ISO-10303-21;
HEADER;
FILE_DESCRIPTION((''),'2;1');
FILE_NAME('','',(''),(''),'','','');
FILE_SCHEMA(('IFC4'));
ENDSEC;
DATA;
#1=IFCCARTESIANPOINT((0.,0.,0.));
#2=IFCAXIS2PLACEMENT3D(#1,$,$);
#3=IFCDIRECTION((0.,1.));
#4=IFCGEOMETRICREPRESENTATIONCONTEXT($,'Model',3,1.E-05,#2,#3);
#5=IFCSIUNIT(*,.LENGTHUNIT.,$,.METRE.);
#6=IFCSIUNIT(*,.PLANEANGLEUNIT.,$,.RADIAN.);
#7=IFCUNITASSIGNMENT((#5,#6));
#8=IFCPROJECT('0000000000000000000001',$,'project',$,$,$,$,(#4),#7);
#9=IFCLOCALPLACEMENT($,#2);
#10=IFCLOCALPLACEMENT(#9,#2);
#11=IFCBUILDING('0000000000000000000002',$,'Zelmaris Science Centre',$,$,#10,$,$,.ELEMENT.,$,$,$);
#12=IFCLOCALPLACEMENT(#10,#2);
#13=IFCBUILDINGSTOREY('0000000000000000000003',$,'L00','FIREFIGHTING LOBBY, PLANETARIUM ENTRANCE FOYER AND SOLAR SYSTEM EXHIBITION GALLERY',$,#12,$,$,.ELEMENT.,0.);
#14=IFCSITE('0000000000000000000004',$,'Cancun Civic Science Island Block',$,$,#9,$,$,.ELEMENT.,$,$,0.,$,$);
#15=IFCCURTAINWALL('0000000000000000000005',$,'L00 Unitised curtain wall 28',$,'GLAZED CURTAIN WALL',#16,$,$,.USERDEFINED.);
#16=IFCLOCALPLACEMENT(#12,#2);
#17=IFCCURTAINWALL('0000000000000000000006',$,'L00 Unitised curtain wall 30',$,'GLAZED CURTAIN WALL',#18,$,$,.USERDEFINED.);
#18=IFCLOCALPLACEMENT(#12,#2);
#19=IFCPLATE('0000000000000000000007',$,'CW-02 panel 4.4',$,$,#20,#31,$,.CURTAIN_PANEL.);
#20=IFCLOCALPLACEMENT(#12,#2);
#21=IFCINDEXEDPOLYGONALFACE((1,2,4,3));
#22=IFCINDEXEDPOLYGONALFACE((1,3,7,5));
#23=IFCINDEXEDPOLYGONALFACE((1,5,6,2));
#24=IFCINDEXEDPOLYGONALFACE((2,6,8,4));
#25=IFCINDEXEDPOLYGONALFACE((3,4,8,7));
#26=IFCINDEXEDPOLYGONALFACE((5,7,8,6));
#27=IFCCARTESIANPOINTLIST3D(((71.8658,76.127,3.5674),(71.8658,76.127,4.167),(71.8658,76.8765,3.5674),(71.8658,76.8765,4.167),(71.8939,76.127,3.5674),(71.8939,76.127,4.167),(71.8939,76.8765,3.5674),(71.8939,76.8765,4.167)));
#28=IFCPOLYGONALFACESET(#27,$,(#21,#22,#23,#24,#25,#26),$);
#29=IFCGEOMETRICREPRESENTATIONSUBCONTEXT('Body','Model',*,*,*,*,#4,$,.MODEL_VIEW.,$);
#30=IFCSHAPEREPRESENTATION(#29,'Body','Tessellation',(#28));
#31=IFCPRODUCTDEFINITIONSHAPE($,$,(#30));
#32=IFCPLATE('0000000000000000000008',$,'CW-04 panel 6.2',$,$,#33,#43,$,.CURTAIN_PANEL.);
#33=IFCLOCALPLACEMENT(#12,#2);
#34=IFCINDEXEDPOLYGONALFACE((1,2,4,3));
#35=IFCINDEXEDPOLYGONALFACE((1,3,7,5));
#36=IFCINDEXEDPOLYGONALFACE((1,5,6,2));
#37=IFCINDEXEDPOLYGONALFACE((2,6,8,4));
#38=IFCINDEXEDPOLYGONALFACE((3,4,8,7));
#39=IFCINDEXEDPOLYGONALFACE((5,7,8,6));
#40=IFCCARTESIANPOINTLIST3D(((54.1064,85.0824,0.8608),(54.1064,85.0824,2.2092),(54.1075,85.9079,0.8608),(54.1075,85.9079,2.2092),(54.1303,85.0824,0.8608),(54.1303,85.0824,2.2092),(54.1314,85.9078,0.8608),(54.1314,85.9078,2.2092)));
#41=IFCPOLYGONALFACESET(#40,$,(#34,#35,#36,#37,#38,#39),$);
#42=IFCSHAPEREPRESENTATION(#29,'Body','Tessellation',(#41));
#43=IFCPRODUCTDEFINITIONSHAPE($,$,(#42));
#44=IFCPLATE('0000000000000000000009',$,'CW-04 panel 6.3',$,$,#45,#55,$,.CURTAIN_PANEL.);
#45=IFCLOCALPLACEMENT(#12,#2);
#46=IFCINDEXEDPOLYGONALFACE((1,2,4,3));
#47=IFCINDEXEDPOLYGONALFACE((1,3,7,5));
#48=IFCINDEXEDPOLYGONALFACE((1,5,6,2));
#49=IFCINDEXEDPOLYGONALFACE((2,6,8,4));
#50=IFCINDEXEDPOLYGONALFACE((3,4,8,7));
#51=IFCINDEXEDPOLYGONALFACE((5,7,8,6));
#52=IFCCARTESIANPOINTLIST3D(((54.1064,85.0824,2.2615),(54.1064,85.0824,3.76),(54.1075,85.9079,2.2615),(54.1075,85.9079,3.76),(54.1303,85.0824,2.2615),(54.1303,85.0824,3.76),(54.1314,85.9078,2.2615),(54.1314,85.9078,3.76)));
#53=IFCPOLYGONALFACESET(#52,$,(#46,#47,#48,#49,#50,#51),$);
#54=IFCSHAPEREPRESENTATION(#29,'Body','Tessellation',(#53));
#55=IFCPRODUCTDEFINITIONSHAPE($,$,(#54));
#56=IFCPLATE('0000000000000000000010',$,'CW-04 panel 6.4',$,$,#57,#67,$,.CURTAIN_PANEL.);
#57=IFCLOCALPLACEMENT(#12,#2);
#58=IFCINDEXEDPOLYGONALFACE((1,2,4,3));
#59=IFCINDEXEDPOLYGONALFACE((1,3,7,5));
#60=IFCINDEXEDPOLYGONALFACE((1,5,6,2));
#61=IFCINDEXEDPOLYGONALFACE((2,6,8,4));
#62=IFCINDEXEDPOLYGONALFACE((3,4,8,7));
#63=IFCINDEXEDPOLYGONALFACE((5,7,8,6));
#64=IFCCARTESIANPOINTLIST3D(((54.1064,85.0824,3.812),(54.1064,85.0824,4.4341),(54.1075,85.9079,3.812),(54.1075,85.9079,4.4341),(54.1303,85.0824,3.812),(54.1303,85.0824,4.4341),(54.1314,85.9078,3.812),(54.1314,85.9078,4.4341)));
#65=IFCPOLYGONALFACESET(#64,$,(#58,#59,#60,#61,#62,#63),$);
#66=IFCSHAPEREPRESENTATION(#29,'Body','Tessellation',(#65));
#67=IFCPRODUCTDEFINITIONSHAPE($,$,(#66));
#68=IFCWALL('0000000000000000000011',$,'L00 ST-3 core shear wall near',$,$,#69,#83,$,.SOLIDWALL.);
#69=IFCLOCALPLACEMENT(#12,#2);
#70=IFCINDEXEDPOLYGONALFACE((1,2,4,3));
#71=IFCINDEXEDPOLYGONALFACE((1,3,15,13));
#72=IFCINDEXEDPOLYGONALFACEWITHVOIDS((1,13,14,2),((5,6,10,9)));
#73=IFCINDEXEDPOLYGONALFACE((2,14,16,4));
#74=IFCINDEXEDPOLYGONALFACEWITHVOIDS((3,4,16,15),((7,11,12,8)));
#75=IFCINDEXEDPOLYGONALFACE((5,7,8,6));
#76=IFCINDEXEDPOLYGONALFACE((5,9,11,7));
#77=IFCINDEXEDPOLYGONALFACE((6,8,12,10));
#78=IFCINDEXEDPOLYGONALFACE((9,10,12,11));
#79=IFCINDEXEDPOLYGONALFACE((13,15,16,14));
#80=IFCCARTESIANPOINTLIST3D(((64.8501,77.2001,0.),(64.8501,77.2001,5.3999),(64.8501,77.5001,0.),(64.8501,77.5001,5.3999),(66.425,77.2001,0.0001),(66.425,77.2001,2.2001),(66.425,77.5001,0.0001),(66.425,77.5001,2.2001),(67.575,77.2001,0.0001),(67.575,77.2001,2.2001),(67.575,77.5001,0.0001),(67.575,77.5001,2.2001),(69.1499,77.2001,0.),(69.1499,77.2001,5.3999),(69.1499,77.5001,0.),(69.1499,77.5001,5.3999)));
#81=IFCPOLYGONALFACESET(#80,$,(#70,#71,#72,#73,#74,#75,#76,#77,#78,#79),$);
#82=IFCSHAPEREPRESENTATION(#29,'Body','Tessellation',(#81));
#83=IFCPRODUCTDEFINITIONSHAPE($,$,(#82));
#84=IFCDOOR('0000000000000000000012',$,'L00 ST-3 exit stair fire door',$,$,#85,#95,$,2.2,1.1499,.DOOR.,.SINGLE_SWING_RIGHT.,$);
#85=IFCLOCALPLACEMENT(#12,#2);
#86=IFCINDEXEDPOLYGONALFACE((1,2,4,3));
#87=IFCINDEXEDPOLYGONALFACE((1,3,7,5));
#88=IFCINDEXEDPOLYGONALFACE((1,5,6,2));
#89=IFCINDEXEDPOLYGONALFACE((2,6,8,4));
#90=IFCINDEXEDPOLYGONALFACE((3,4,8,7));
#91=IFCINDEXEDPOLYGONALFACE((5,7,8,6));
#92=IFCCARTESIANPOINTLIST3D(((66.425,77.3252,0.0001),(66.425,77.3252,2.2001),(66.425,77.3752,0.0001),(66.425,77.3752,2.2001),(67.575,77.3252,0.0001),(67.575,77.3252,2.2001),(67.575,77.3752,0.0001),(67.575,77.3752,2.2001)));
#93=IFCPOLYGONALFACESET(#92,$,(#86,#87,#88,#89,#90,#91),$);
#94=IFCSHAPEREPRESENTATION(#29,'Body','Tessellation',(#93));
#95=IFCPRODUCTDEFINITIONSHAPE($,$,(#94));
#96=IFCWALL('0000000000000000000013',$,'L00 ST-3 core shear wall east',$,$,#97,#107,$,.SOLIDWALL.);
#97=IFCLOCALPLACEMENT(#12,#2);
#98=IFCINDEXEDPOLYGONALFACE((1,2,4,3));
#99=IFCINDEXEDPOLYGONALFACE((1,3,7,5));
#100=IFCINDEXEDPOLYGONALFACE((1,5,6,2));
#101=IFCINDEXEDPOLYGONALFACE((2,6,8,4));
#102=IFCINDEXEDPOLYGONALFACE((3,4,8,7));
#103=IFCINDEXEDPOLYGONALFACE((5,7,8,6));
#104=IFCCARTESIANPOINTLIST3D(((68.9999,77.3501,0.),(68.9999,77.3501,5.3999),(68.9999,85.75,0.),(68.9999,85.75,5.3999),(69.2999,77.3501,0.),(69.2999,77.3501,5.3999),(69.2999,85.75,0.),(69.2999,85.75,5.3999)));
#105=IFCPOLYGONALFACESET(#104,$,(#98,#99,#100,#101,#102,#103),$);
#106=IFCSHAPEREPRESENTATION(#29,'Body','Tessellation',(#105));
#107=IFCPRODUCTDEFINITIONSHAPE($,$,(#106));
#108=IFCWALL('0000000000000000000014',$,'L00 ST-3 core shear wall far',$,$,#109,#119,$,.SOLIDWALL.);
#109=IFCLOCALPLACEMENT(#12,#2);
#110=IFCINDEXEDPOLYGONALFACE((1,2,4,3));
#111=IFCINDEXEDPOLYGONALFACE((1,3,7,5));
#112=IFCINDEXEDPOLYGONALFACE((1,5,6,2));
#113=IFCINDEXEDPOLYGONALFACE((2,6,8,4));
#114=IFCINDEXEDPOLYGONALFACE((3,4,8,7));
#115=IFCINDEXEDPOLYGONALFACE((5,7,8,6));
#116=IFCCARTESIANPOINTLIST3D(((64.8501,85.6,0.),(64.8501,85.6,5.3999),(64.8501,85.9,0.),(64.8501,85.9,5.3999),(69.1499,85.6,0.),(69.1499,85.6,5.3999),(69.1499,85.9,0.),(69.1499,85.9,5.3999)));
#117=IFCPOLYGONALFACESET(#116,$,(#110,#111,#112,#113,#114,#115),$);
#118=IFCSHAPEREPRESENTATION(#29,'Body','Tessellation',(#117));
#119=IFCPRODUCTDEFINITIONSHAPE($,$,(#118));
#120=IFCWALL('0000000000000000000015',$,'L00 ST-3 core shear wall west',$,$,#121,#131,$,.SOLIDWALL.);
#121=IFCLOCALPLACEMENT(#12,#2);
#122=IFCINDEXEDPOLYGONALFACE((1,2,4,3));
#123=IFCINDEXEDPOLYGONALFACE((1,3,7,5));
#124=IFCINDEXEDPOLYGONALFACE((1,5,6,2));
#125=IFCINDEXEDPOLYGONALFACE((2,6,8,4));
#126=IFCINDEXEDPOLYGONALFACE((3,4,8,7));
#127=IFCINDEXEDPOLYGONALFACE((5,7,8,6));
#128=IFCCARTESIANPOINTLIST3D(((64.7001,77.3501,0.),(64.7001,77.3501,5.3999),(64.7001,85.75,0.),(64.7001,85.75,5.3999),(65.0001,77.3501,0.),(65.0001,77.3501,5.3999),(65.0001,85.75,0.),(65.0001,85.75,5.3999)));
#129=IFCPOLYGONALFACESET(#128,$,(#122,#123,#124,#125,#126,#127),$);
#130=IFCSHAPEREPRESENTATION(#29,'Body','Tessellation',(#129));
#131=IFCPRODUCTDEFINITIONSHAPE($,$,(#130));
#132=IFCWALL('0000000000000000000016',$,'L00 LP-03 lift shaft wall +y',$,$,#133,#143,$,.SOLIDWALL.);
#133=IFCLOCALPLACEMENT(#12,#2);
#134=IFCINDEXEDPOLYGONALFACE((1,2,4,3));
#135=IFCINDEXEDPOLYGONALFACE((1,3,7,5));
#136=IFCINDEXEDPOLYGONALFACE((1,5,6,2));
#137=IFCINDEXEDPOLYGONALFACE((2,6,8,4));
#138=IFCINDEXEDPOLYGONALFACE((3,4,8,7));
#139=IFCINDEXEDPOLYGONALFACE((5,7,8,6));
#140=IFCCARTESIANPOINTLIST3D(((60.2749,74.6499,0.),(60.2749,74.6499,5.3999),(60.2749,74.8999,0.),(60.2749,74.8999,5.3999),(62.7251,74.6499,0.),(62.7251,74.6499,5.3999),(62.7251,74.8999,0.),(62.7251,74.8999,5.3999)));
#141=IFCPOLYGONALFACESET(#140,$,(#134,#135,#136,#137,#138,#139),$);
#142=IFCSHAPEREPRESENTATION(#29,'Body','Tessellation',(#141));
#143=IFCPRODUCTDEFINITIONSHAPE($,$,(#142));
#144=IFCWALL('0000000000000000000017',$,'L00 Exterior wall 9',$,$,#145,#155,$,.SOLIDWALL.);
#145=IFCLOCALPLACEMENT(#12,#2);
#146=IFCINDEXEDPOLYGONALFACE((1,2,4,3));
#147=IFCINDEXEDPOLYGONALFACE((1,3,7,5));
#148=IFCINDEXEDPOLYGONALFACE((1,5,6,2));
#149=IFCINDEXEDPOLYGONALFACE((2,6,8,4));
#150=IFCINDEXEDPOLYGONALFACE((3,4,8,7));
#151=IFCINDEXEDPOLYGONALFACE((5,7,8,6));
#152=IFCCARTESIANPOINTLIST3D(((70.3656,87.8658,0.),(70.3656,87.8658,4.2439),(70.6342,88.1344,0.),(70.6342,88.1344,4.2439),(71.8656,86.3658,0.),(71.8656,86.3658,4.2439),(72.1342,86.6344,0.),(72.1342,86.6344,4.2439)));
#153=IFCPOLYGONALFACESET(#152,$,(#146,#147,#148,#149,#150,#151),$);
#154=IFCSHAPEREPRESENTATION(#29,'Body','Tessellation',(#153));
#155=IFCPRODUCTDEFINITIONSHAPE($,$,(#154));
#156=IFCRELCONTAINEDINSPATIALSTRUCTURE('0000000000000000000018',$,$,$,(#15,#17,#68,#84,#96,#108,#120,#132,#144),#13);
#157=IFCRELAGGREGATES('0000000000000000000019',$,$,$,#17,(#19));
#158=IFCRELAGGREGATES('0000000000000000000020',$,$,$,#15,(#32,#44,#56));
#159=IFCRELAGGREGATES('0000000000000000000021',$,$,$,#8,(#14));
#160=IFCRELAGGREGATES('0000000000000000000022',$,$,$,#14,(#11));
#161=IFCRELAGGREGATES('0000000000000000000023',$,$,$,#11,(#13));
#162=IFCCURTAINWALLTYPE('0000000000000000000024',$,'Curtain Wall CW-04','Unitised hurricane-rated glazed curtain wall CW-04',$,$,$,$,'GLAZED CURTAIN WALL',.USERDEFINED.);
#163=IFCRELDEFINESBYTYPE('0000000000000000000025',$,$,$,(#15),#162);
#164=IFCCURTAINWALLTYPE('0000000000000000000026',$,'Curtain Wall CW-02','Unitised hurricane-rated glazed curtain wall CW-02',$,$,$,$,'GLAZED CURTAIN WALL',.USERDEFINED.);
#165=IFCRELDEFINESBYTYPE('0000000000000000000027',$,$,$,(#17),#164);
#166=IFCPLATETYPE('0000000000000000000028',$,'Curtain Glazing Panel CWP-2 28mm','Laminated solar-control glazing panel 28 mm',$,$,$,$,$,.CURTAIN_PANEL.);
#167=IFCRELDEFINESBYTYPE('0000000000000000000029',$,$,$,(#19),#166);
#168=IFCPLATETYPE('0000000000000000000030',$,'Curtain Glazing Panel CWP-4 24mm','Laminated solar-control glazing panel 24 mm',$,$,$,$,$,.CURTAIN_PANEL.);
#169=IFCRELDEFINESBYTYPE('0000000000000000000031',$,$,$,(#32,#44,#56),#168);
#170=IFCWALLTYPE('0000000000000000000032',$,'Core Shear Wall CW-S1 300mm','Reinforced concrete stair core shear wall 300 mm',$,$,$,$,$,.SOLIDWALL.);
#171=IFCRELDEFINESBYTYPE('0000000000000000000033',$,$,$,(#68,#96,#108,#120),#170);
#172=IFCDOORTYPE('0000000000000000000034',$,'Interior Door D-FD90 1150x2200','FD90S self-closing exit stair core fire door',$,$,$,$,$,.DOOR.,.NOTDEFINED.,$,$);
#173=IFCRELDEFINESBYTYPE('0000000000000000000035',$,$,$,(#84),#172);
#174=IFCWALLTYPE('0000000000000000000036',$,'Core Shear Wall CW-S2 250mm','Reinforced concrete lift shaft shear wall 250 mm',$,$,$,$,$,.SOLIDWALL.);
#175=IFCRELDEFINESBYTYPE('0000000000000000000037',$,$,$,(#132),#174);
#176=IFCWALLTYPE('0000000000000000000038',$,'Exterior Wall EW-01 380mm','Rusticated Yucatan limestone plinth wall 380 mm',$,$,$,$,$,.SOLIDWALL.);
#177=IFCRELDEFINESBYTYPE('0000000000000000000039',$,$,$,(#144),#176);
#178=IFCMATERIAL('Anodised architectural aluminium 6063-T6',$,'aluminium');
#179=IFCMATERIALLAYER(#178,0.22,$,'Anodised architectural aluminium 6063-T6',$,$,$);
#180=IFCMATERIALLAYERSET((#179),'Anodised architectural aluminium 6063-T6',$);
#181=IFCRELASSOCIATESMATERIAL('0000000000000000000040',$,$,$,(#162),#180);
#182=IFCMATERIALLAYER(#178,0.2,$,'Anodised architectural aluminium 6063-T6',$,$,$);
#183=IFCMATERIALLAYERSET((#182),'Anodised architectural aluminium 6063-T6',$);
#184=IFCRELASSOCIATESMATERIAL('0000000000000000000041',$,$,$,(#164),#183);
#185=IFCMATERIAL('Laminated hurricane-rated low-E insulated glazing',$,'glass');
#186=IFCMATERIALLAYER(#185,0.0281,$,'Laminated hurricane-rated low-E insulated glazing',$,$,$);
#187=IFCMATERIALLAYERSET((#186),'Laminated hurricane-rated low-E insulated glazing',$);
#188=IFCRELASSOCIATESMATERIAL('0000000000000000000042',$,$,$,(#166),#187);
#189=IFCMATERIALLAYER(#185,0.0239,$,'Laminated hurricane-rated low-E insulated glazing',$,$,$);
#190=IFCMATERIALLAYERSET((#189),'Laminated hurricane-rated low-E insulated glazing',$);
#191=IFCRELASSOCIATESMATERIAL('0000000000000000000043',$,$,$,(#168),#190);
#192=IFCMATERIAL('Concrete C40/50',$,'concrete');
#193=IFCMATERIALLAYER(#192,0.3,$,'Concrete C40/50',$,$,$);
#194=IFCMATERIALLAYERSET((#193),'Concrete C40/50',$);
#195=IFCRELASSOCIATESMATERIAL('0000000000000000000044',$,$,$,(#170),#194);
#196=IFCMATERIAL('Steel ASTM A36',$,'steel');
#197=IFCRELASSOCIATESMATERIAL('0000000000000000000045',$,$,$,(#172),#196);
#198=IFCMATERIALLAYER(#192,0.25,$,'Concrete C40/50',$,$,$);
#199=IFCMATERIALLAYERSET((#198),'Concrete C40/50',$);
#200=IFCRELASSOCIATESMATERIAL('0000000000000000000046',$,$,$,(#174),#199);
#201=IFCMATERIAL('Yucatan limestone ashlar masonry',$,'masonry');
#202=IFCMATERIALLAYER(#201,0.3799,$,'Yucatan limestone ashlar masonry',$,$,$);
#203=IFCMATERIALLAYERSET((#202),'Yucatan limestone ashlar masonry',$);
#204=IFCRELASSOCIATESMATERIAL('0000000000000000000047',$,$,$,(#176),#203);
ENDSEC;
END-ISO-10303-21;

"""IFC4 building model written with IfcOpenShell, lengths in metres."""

from ifc_helpers import new_model, si_unit, direction, frame, frame_2d, origin, origin_2d, place, context, subcontext, project, spatial, rectangle, extrude, material, layer, layer_set, type_object, element, fill, aggregate, save


model = new_model("IFC4")

# Units and contexts
model_context = context("Model", 3, precision=1e-05, world=origin(), true_north=direction((0.0, 1.0)))
body_context = subcontext(model_context, "Body", "Model", "MODEL_VIEW")
ifc_project = project(units=[si_unit("LENGTHUNIT", "METRE"), si_unit("PLANEANGLEUNIT", "RADIAN")], contexts=[model_context])

# Site, building, storey
site_placement = place(None, origin())
site = spatial("IfcSite", under=ifc_project, at=site_placement, Name="Cancun Civic Science Island Block", CompositionType="ELEMENT", RefElevation=0.0)
building_placement = place(site_placement, origin())
building = spatial("IfcBuilding", under=site, at=building_placement, Name="Zelmaris Science Centre", CompositionType="ELEMENT")
storey_placement = place(building_placement, origin())
storey = spatial("IfcBuildingStorey", under=building, at=storey_placement, Name="L00", Description="FIREFIGHTING LOBBY, PLANETARIUM ENTRANCE FOYER AND SOLAR SYSTEM EXHIBITION GALLERY", CompositionType="ELEMENT", Elevation=0.0)

# Shared definitions
ifc_material_1 = material(Name="Yucatan limestone ashlar masonry", Category="masonry")

# Curtain wall
ifc_material_2 = material(Name="Anodised architectural aluminium 6063-T6", Category="aluminium")
ifc_layer_1 = layer(ifc_material_2, 0.22, Name="Anodised architectural aluminium 6063-T6")
ifc_layer_set_1 = layer_set([ifc_layer_1], Name="Anodised architectural aluminium 6063-T6")
curtain_wall_type_1 = type_object("IfcCurtainWallType", Name="Curtain Wall CW-04", Description="Unitised hurricane-rated glazed curtain wall CW-04", ElementType="GLAZED CURTAIN WALL", PredefinedType="USERDEFINED", material=ifc_layer_set_1)
curtain_wall_1_placement = place(storey_placement, origin())
curtain_wall_1 = element("IfcCurtainWall", 1, at=curtain_wall_1_placement, inside=storey, type_object=curtain_wall_type_1, Name="L00 Unitised curtain wall 28", ObjectType="GLAZED CURTAIN WALL", PredefinedType="USERDEFINED")

# Curtain wall
ifc_layer_2 = layer(ifc_material_2, 0.2, Name="Anodised architectural aluminium 6063-T6")
ifc_layer_set_2 = layer_set([ifc_layer_2], Name="Anodised architectural aluminium 6063-T6")
curtain_wall_type_2 = type_object("IfcCurtainWallType", Name="Curtain Wall CW-02", Description="Unitised hurricane-rated glazed curtain wall CW-02", ElementType="GLAZED CURTAIN WALL", PredefinedType="USERDEFINED", material=ifc_layer_set_2)
curtain_wall_2_placement = place(storey_placement, origin())
curtain_wall_2 = element("IfcCurtainWall", 2, at=curtain_wall_2_placement, inside=storey, type_object=curtain_wall_type_2, Name="L00 Unitised curtain wall 30", ObjectType="GLAZED CURTAIN WALL", PredefinedType="USERDEFINED")

# Plates
ifc_material_3 = material(Name="Laminated hurricane-rated low-E insulated glazing", Category="glass")
ifc_layer_3 = layer(ifc_material_3, 0.0281, Name="Laminated hurricane-rated low-E insulated glazing")
ifc_layer_set_3 = layer_set([ifc_layer_3], Name="Laminated hurricane-rated low-E insulated glazing")
plate_type_1 = type_object("IfcPlateType", Name="Curtain Glazing Panel CWP-2 28mm", Description="Laminated solar-control glazing panel 28 mm", PredefinedType="CURTAIN_PANEL", material=ifc_layer_set_3)
plate_1_placement = place(storey_placement, frame((71.8799, 76.5017, 3.5674), z_axis=(0.0, 0.0, 1.0), x_axis=(0.0, -1.0, 0.0)))
plate_1 = element("IfcPlate", 3, at=plate_1_placement, type_object=plate_type_1, Name="CW-02 panel 4.4", PredefinedType="CURTAIN_PANEL", context=body_context, shape_type="SweptSolid", body=[
    extrude(rectangle(XDim=0.7495, YDim=0.0281, at=origin_2d()), origin(), (0.0, 0.0, 1.0), 0.5996),
])
aggregate(curtain_wall_2, [plate_1])
ifc_layer_4 = layer(ifc_material_3, 0.0239, Name="Laminated hurricane-rated low-E insulated glazing")
ifc_layer_set_4 = layer_set([ifc_layer_4], Name="Laminated hurricane-rated low-E insulated glazing")
plate_type_2 = type_object("IfcPlateType", Name="Curtain Glazing Panel CWP-4 24mm", Description="Laminated solar-control glazing panel 24 mm", PredefinedType="CURTAIN_PANEL", material=ifc_layer_set_4)
plate_2_placement = place(storey_placement, frame((54.1189, 85.4951, 0.8608), z_axis=(0.0, 0.0, 1.0), x_axis=(0.00131, 0.999999, 0.0)))
plate_2 = element("IfcPlate", 4, at=plate_2_placement, type_object=plate_type_2, Name="CW-04 panel 6.2", PredefinedType="CURTAIN_PANEL", context=body_context, shape_type="SweptSolid", body=[
    extrude(rectangle(XDim=0.8254, YDim=0.0239, at=origin_2d()), origin(), (0.0, 0.0, 1.0), 1.3484),
])
plate_3_placement = place(storey_placement, frame((54.1189, 85.4951, 2.2615), z_axis=(0.0, 0.0, 1.0), x_axis=(0.00131, 0.999999, 0.0)))
plate_3 = element("IfcPlate", 5, at=plate_3_placement, type_object=plate_type_2, Name="CW-04 panel 6.3", PredefinedType="CURTAIN_PANEL", context=body_context, shape_type="SweptSolid", body=[
    extrude(rectangle(XDim=0.8254, YDim=0.0239, at=origin_2d()), origin(), (0.0, 0.0, 1.0), 1.4985),
])
plate_4_placement = place(storey_placement, frame((54.1189, 85.4951, 3.812), z_axis=(0.0, 0.0, 1.0), x_axis=(0.00131, 0.999999, 0.0)))
plate_4 = element("IfcPlate", 6, at=plate_4_placement, type_object=plate_type_2, Name="CW-04 panel 6.4", PredefinedType="CURTAIN_PANEL", context=body_context, shape_type="SweptSolid", body=[
    extrude(rectangle(XDim=0.8254, YDim=0.0239, at=origin_2d()), origin(), (0.0, 0.0, 1.0), 0.6221),
])
aggregate(curtain_wall_1, [plate_2, plate_3, plate_4])

# Wall, opening, door
ifc_material_4 = material(Name="Concrete C40/50", Category="concrete")
ifc_layer_5 = layer(ifc_material_4, 0.3, Name="Concrete C40/50")
ifc_layer_set_5 = layer_set([ifc_layer_5], Name="Concrete C40/50")
wall_type_1 = type_object("IfcWallType", Name="Core Shear Wall CW-S1 300mm", Description="Reinforced concrete stair core shear wall 300 mm", PredefinedType="SOLIDWALL", material=ifc_layer_set_5)
wall_1_placement = place(storey_placement, frame((69.1499, 77.3501, 0.0), z_axis=(0.0, 0.0, 1.0), x_axis=(-1.0, 0.0, 0.0)))
wall_1 = element("IfcWall", 7, at=wall_1_placement, inside=storey, type_object=wall_type_1, Name="L00 ST-3 core shear wall near", PredefinedType="SOLIDWALL", context=body_context, shape_type="SweptSolid", body=[
    extrude(rectangle(XDim=4.2998, YDim=0.3, at=frame_2d((2.1499, 0.0))), origin(), (0.0, 0.0, 1.0), 5.3999),
])
opening_1_placement = place(wall_1_placement, frame((1.575, 0.0, 0.0)))
opening_1 = element("IfcOpeningElement", 8, at=opening_1_placement, cuts=wall_1, PredefinedType="OPENING", context=body_context, shape_type="SweptSolid", body=[
    extrude(rectangle(XDim=1.1499, YDim=2.2, at=frame_2d((0.575, 1.1001))), frame((0.0, 0.1599, 0.0), z_axis=(0.0, -1.0, 0.0), x_axis=(1.0, 0.0, 0.0)), (0.0, 0.0, 1.0), 0.3201),
])
ifc_material_5 = material(Name="Steel ASTM A36", Category="steel")
door_type_1 = type_object("IfcDoorType", Name="Interior Door D-FD90 1150x2200", Description="FD90S self-closing exit stair core fire door", OperationType="NOTDEFINED", PredefinedType="DOOR", material=ifc_material_5)
door_1_placement = place(opening_1_placement, origin())
door_1 = element("IfcDoor", 9, at=door_1_placement, inside=storey, type_object=door_type_1, Name="L00 ST-3 exit stair fire door", OperationType="SINGLE_SWING_RIGHT", OverallHeight=2.2, OverallWidth=1.1499, PredefinedType="DOOR", context=body_context, shape_type="SweptSolid", body=[
    extrude(rectangle(XDim=1.1499, YDim=2.2, at=frame_2d((0.575, 1.1001))), frame((0.0, 0.0249, 0.0), z_axis=(0.0, -1.0, 0.0), x_axis=(1.0, 0.0, 0.0)), (0.0, 0.0, 1.0), 0.05),
])
fill(opening_1, door_1)

# Walls
wall_2_placement = place(storey_placement, frame((69.1499, 77.3501, 0.0), z_axis=(0.0, 0.0, 1.0), x_axis=(0.0, 1.0, 0.0)))
element("IfcWall", 10, at=wall_2_placement, inside=storey, type_object=wall_type_1, Name="L00 ST-3 core shear wall east", PredefinedType="SOLIDWALL", context=body_context, shape_type="SweptSolid", body=[
    extrude(rectangle(XDim=8.3999, YDim=0.3, at=frame_2d((4.2, 0.0))), origin(), (0.0, 0.0, 1.0), 5.3999),
])
wall_3_placement = place(storey_placement, frame((69.1499, 85.75, 0.0), z_axis=(0.0, 0.0, 1.0), x_axis=(-1.0, 0.0, 0.0)))
element("IfcWall", 11, at=wall_3_placement, inside=storey, type_object=wall_type_1, Name="L00 ST-3 core shear wall far", PredefinedType="SOLIDWALL", context=body_context, shape_type="SweptSolid", body=[
    extrude(rectangle(XDim=4.2998, YDim=0.3, at=frame_2d((2.1499, 0.0))), origin(), (0.0, 0.0, 1.0), 5.3999),
])
wall_4_placement = place(storey_placement, frame((64.8501, 77.3501, 0.0), z_axis=(0.0, 0.0, 1.0), x_axis=(0.0, 1.0, 0.0)))
element("IfcWall", 12, at=wall_4_placement, inside=storey, type_object=wall_type_1, Name="L00 ST-3 core shear wall west", PredefinedType="SOLIDWALL", context=body_context, shape_type="SweptSolid", body=[
    extrude(rectangle(XDim=8.3999, YDim=0.3, at=frame_2d((4.2, 0.0))), origin(), (0.0, 0.0, 1.0), 5.3999),
])
ifc_layer_6 = layer(ifc_material_4, 0.25, Name="Concrete C40/50")
ifc_layer_set_6 = layer_set([ifc_layer_6], Name="Concrete C40/50")
wall_type_2 = type_object("IfcWallType", Name="Core Shear Wall CW-S2 250mm", Description="Reinforced concrete lift shaft shear wall 250 mm", PredefinedType="SOLIDWALL", material=ifc_layer_set_6)
wall_5_placement = place(storey_placement, frame((62.7251, 74.7749, 0.0), z_axis=(0.0, 0.0, 1.0), x_axis=(-1.0, 0.0, 0.0)))
element("IfcWall", 13, at=wall_5_placement, inside=storey, type_object=wall_type_2, Name="L00 LP-03 lift shaft wall +y", PredefinedType="SOLIDWALL", context=body_context, shape_type="SweptSolid", body=[
    extrude(rectangle(XDim=2.4502, YDim=0.25, at=frame_2d((1.2251, 0.0))), origin(), (0.0, 0.0, 1.0), 5.3999),
])

# Shared definitions
ifc_layer_7 = layer(ifc_material_1, 0.3799, Name="Yucatan limestone ashlar masonry")
ifc_layer_set_7 = layer_set([ifc_layer_7], Name="Yucatan limestone ashlar masonry")
wall_type_3 = type_object("IfcWallType", Name="Exterior Wall EW-01 380mm", Description="Rusticated Yucatan limestone plinth wall 380 mm", PredefinedType="SOLIDWALL", material=ifc_layer_set_7)

# Wall
wall_6_placement = place(storey_placement, frame((70.5, 88.0, 0.0), z_axis=(0.0, 0.0, 1.0), x_axis=(0.707107, -0.707107, 0.0)))
element("IfcWall", 14, at=wall_6_placement, inside=storey, type_object=wall_type_3, Name="L00 Exterior wall 9", PredefinedType="SOLIDWALL", context=body_context, shape_type="SweptSolid", body=[
    extrude(rectangle(XDim=2.1213, YDim=0.3799, at=frame_2d((1.0605, 0.0))), origin(), (0.0, 0.0, 1.0), 4.2439),
])

save(model, "model.ifc")
